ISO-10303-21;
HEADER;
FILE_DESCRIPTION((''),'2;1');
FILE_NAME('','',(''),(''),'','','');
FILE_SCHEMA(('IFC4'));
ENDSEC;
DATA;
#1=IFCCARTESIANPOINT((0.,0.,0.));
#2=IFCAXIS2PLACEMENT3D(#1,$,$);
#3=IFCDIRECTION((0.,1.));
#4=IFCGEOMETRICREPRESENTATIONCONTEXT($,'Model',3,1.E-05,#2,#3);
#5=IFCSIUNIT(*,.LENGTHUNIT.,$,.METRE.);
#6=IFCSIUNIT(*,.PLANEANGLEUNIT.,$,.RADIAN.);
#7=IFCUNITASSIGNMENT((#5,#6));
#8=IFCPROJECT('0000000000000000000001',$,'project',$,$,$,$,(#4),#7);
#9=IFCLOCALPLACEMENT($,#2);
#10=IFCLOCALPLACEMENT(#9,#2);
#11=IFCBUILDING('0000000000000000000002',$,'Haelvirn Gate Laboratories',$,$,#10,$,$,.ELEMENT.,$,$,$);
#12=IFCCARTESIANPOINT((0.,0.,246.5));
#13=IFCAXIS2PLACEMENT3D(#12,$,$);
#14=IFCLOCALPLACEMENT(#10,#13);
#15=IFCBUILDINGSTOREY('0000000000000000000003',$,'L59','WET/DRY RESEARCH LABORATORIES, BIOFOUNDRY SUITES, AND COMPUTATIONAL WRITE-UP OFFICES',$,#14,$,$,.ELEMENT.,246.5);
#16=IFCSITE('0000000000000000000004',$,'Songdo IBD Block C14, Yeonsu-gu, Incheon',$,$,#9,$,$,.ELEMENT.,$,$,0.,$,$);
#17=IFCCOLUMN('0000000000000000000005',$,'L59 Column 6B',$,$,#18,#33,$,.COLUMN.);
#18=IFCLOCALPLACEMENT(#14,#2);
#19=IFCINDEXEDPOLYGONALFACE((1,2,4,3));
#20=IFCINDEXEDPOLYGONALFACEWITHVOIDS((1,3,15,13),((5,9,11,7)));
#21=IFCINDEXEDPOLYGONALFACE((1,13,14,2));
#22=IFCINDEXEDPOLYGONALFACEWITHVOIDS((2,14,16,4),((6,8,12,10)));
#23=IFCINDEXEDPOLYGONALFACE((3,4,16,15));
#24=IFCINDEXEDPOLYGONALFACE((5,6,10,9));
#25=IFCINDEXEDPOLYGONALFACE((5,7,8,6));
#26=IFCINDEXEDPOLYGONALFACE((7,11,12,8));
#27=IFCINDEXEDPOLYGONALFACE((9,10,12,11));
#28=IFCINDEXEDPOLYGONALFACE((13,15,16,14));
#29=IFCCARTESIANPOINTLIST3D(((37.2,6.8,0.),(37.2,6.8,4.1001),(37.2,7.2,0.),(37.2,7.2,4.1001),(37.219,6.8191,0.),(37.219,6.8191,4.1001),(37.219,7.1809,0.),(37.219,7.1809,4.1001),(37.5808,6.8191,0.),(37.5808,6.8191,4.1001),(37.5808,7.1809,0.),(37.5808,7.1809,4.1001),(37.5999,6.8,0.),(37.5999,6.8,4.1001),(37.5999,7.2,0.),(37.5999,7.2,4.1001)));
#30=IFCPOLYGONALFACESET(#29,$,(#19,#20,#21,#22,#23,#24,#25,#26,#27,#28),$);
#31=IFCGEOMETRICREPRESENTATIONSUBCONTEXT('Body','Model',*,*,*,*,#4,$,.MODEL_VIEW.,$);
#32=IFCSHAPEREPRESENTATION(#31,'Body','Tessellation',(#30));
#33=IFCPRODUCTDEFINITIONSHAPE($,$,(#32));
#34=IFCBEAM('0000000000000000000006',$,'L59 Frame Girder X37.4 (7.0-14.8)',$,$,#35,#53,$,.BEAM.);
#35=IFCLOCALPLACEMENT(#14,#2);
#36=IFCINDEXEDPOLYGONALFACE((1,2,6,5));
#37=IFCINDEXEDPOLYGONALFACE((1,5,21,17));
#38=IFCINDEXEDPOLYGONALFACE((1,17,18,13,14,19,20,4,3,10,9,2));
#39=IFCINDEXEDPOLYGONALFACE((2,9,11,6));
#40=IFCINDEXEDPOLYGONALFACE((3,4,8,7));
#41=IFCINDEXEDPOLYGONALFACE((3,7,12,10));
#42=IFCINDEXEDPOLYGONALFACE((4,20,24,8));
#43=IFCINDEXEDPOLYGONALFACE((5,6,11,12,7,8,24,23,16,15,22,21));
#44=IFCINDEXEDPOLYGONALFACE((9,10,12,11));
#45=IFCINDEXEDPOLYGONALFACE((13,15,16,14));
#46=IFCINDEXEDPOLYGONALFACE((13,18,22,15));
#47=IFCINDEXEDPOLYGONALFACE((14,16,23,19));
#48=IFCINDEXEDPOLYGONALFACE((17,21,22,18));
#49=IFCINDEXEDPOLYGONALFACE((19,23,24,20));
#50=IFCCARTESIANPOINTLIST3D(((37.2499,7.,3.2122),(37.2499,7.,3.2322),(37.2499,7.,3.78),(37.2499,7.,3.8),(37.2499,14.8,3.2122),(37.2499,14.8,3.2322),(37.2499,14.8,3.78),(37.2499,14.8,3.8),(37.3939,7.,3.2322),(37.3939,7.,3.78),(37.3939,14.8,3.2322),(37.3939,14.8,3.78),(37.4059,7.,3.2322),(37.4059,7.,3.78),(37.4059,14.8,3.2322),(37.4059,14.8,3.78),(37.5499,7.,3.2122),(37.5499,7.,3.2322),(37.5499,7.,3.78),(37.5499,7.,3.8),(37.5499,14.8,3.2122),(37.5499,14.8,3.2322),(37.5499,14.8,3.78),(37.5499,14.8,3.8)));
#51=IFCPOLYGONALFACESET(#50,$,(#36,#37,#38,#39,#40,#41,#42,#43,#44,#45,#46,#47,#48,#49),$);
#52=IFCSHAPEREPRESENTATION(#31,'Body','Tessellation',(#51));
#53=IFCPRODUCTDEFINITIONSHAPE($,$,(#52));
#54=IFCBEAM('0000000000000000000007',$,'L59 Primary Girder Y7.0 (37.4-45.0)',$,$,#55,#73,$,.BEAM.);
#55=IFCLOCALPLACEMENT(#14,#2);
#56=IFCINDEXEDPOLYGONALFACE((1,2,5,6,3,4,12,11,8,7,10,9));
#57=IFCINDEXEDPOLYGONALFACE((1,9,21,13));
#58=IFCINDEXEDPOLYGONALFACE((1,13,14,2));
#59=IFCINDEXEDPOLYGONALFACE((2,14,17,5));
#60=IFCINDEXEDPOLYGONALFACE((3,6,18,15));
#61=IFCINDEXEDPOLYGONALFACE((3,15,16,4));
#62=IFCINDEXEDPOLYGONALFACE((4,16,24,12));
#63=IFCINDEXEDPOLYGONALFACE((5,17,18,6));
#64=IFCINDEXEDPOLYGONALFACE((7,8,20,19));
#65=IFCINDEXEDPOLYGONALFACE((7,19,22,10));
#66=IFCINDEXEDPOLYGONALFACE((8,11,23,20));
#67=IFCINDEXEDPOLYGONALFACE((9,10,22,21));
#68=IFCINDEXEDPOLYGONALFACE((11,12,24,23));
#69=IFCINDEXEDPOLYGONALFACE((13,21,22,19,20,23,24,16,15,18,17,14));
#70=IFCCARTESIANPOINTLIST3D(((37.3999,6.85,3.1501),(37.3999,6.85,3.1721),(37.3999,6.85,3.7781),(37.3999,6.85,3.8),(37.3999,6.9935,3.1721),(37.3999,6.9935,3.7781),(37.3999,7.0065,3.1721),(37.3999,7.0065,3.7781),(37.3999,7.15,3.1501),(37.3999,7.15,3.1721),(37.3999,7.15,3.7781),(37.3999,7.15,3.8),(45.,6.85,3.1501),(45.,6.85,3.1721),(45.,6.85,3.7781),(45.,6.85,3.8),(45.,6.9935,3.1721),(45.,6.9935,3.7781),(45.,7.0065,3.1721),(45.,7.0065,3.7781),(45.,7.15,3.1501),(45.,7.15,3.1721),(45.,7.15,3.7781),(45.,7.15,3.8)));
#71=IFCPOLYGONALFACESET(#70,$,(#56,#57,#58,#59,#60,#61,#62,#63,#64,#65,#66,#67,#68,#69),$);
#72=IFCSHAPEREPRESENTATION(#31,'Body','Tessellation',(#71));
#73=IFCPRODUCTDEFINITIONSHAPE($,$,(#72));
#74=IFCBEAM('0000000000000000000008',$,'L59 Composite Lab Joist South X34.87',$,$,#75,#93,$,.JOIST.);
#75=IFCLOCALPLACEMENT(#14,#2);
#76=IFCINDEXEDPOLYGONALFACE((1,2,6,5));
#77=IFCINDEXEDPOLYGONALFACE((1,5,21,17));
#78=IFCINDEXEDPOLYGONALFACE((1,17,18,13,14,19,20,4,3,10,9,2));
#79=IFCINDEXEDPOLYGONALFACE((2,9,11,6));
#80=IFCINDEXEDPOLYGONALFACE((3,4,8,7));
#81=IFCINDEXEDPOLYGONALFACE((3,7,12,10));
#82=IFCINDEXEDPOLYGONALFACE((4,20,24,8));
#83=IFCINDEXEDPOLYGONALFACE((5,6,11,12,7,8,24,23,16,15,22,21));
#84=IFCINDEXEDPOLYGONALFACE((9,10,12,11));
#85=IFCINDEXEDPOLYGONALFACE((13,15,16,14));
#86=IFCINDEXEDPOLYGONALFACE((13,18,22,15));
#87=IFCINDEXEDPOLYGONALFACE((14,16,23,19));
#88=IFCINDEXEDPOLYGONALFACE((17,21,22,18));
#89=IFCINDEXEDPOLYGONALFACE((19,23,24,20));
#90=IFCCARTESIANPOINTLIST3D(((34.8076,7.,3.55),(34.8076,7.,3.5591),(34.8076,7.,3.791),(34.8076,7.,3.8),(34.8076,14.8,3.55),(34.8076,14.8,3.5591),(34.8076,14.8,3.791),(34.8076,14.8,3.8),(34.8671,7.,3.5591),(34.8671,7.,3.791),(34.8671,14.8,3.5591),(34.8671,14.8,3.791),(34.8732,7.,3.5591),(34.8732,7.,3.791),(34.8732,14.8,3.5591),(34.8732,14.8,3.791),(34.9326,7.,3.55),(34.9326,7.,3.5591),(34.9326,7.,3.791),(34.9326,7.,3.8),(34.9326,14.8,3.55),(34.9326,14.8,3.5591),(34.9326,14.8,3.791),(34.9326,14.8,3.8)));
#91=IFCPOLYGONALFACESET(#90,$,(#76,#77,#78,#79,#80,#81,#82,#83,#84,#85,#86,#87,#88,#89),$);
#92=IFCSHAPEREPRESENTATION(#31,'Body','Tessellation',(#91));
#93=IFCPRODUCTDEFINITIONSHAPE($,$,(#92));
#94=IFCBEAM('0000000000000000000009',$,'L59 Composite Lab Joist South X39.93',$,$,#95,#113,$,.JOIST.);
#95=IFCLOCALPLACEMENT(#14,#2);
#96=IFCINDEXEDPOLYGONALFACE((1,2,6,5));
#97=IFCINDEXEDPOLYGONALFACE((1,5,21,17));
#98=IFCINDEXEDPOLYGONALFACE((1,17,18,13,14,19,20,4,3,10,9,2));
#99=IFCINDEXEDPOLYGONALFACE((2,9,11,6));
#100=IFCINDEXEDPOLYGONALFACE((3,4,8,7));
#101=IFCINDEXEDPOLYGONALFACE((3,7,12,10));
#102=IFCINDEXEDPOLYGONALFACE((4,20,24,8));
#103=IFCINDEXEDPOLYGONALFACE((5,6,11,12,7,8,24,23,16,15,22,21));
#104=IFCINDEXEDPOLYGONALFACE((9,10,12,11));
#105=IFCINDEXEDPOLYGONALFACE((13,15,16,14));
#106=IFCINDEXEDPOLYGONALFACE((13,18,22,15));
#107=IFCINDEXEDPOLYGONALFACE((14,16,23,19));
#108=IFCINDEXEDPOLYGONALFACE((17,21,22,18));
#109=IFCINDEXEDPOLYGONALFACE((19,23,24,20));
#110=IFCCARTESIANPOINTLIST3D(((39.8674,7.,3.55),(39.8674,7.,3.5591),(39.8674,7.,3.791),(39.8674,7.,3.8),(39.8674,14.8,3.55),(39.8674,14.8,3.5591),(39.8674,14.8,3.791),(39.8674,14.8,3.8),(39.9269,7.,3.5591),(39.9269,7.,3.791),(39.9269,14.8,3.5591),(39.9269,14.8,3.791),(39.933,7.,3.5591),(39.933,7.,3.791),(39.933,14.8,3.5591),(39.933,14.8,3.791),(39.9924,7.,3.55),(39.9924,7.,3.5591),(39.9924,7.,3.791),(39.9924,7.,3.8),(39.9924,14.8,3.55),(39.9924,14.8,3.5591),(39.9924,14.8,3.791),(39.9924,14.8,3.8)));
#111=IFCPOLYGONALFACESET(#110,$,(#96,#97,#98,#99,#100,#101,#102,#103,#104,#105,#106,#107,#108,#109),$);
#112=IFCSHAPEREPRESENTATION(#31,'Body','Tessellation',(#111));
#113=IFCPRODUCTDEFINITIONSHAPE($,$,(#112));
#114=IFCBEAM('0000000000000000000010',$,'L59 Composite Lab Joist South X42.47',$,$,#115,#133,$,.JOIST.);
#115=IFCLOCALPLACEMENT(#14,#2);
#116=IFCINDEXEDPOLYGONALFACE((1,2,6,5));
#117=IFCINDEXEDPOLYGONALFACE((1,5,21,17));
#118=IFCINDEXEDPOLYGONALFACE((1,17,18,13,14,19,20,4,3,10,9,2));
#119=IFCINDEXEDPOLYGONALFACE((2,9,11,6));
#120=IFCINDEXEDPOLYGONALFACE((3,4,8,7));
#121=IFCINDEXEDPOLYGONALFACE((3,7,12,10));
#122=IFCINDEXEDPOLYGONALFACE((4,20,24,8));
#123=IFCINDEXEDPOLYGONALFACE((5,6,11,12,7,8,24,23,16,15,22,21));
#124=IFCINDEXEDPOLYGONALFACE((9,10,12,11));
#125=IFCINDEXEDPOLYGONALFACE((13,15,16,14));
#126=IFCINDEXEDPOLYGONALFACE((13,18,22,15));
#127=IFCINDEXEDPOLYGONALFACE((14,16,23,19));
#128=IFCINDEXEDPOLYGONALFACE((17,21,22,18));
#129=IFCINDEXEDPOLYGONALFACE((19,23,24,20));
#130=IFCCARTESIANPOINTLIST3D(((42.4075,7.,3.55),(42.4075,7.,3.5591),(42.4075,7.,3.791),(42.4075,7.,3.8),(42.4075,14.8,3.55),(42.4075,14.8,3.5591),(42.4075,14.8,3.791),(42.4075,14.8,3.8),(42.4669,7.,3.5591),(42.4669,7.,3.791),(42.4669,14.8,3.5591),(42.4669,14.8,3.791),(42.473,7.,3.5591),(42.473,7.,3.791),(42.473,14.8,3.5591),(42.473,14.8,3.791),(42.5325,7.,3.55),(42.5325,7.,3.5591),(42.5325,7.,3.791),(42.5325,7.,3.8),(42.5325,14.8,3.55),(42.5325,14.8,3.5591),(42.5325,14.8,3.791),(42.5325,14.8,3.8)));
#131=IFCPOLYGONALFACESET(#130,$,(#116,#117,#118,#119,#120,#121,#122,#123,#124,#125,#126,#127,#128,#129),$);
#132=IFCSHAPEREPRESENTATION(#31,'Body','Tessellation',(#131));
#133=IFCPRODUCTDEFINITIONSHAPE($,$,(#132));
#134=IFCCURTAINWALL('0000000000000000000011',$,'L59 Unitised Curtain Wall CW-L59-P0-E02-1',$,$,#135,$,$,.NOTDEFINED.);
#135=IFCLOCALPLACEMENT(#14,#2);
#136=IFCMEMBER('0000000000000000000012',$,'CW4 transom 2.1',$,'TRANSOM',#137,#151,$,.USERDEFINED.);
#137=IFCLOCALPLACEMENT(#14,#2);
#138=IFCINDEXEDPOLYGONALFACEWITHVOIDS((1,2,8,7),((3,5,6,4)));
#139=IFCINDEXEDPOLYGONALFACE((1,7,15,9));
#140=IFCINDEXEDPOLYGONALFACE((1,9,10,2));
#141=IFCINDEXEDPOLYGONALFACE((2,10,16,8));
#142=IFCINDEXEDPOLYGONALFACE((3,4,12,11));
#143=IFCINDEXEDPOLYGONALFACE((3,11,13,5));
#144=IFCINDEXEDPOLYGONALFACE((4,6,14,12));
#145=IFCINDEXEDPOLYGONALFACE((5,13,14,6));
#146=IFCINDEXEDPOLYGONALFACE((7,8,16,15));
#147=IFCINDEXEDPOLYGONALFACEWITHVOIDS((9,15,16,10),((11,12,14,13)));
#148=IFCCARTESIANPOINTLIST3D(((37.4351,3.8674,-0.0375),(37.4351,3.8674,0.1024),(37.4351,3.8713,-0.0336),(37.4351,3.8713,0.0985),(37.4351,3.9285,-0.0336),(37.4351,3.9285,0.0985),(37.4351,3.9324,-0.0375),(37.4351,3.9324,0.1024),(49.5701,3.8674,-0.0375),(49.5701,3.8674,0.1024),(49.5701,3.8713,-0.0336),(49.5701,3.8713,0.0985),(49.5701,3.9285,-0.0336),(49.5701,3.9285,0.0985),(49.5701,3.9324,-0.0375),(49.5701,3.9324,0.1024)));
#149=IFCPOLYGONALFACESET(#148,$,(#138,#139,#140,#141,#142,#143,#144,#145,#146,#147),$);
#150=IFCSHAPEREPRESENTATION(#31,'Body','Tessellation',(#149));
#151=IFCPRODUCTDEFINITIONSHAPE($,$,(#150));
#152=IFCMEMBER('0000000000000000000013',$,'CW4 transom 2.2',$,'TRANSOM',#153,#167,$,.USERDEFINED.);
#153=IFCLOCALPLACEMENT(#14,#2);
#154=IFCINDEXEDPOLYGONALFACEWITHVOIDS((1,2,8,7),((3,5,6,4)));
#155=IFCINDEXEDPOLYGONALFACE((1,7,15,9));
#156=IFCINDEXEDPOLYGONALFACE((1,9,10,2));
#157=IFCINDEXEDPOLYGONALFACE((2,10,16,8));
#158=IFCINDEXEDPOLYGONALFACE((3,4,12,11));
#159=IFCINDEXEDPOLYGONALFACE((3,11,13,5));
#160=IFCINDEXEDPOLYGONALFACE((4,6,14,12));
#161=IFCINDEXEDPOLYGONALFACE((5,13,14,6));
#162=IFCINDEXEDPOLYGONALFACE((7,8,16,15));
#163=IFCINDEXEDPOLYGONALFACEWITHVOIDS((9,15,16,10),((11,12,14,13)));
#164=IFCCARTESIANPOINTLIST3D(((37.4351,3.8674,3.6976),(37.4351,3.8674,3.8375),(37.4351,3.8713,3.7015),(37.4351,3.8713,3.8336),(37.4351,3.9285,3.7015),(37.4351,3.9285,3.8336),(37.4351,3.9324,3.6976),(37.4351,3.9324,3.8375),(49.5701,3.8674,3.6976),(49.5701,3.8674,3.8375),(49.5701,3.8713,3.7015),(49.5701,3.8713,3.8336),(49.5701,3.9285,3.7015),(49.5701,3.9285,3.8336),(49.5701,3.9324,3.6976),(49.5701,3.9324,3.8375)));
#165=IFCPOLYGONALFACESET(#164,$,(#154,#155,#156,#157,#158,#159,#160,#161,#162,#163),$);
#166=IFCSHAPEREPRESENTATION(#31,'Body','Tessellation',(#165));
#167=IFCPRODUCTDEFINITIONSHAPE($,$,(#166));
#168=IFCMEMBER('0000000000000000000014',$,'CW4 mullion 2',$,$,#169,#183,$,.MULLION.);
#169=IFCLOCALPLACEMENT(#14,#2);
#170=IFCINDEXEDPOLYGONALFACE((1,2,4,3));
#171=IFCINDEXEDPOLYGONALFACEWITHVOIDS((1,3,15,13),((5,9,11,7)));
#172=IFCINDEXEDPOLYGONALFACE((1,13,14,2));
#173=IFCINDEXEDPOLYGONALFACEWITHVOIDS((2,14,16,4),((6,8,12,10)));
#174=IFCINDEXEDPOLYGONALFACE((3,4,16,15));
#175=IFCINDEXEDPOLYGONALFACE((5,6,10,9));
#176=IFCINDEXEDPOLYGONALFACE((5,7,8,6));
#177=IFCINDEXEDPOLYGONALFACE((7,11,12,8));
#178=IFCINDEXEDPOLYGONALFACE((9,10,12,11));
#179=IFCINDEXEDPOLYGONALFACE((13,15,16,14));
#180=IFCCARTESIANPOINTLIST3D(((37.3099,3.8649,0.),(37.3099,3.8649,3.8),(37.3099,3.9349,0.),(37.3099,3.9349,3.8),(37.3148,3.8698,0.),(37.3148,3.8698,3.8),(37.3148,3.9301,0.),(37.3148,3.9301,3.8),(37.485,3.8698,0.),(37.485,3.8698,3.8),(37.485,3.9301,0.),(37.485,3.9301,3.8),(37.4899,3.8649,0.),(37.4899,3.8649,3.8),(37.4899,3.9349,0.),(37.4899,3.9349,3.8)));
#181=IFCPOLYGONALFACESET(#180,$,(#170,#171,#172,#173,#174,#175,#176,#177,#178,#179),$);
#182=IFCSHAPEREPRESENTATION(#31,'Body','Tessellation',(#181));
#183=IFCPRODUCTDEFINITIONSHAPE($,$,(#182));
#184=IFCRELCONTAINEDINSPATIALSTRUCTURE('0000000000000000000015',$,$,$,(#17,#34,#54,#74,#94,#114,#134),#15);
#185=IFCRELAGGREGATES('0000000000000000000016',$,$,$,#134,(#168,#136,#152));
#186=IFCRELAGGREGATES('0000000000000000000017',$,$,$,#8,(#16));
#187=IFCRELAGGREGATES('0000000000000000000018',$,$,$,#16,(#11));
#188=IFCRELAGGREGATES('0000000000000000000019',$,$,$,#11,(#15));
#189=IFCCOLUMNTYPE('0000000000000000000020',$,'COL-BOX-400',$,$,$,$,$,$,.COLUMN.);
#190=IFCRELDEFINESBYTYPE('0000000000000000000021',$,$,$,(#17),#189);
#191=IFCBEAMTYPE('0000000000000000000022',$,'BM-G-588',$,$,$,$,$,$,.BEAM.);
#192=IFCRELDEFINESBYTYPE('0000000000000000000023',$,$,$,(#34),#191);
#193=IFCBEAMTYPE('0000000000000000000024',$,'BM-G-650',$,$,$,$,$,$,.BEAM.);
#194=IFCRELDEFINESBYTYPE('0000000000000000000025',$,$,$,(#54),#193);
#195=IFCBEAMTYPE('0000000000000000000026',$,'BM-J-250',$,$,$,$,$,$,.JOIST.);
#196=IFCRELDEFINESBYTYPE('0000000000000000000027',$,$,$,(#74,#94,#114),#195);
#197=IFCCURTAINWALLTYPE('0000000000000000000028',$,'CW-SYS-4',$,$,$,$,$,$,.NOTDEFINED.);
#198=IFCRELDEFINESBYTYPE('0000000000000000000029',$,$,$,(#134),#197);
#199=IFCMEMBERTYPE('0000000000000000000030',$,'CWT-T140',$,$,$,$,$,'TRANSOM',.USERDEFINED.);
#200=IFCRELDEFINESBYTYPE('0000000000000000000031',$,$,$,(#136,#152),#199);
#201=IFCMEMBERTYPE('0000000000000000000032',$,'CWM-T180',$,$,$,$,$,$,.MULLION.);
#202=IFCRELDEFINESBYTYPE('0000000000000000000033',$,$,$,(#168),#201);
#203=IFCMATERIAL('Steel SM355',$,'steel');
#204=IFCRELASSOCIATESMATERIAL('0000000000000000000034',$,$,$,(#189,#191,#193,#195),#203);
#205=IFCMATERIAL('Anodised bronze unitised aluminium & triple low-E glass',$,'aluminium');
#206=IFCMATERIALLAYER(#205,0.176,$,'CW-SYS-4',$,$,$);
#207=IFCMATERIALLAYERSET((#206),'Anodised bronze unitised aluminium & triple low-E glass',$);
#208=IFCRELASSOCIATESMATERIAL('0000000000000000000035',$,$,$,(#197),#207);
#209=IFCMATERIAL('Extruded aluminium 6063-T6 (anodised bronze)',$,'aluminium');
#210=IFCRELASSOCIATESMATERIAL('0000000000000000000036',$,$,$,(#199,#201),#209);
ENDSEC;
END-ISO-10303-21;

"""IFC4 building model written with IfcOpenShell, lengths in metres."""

from ifc_helpers import new_model, si_unit, direction, frame, origin, origin_2d, place, context, subcontext, project, spatial, hollow_rectangle, i_section, extrude, source, transform, mapped, material, layer, layer_set, material_profile, profile_set, type_object, type_shapes, element, aggregate, save


model = new_model("IFC4")

# Units and contexts
model_context = context("Model", 3, precision=1e-05, world=origin(), true_north=direction((0.0, 1.0)))
body_context = subcontext(model_context, "Body", "Model", "MODEL_VIEW")
ifc_project = project(units=[si_unit("LENGTHUNIT", "METRE"), si_unit("PLANEANGLEUNIT", "RADIAN")], contexts=[model_context])

# Site, building, storey
site_placement = place(None, origin())
site = spatial("IfcSite", under=ifc_project, at=site_placement, Name="Songdo IBD Block C14, Yeonsu-gu, Incheon", CompositionType="ELEMENT", RefElevation=0.0)
building_placement = place(site_placement, origin())
building = spatial("IfcBuilding", under=site, at=building_placement, Name="Haelvirn Gate Laboratories", CompositionType="ELEMENT")
storey_placement = place(building_placement, frame((0.0, 0.0, 246.5)))
storey = spatial("IfcBuildingStorey", under=building, at=storey_placement, Name="L59", Description="WET/DRY RESEARCH LABORATORIES, BIOFOUNDRY SUITES, AND COMPUTATIONAL WRITE-UP OFFICES", CompositionType="ELEMENT", Elevation=246.5)

# Column
ifc_material_1 = material(Name="Steel SM355", Category="steel")
ifc_material_profile_1 = material_profile(ifc_material_1, hollow_rectangle(XDim=0.3999, YDim=0.3999, WallThickness=0.019, at=origin_2d()), Name="BOX-400x400x19")
ifc_profile_set_1 = profile_set([ifc_material_profile_1], Name="Steel SM355")
column_type = type_object("IfcColumnType", Name="COL-BOX-400", PredefinedType="COLUMN", material=ifc_profile_set_1)
shared_shape_1 = source(origin(), body_context, "Body", "SweptSolid", [
    extrude(hollow_rectangle(XDim=0.3999, YDim=0.3999, WallThickness=0.019, at=origin_2d()), origin(), (0.0, 0.0, 1.0), 4.1001),
])
type_shapes(column_type, [shared_shape_1])
column_placement = place(storey_placement, frame((37.3999, 7.0, 0.0), z_axis=(0.0, 0.0, 1.0), x_axis=(1.0, 0.0, 0.0)))
element("IfcColumn", 1, at=column_placement, inside=storey, type_object=column_type, Name="L59 Column 6B", PredefinedType="COLUMN", context=body_context, shape_type="MappedRepresentation", body=[
    mapped(shared_shape_1, transform((0.0, 0.0, 0.0), scale=1.0)),
])

# Beams
ifc_material_profile_2 = material_profile(ifc_material_1, i_section(OverallWidth=0.3, OverallDepth=0.5879, WebThickness=0.012, FlangeThickness=0.02, at=origin_2d()), Name="H-588x300x12x20")
ifc_profile_set_2 = profile_set([ifc_material_profile_2], Name="Steel SM355")
beam_type_1 = type_object("IfcBeamType", Name="BM-G-588", PredefinedType="BEAM", material=ifc_profile_set_2)
shared_shape_2 = source(origin(), body_context, "Body", "SweptSolid", [
    extrude(i_section(OverallWidth=0.3, OverallDepth=0.5879, WebThickness=0.012, FlangeThickness=0.02, at=origin_2d()), origin(), (0.0, 0.0, 1.0), 7.8),
])
type_shapes(beam_type_1, [shared_shape_2])
beam_1_placement = place(storey_placement, frame((37.3999, 7.0, 3.5061), z_axis=(0.0, 1.0, 0.0), x_axis=(-1.0, 0.0, 0.0)))
element("IfcBeam", 2, at=beam_1_placement, inside=storey, type_object=beam_type_1, Name="L59 Frame Girder X37.4 (7.0-14.8)", PredefinedType="BEAM", context=body_context, shape_type="MappedRepresentation", body=[
    mapped(shared_shape_2, transform((0.0, 0.0, 0.0), scale=1.0)),
])
ifc_material_profile_3 = material_profile(ifc_material_1, i_section(OverallWidth=0.3, OverallDepth=0.6499, WebThickness=0.0129, FlangeThickness=0.022, at=origin_2d()), Name="H-650x300x13x22")
ifc_profile_set_3 = profile_set([ifc_material_profile_3], Name="Steel SM355")
beam_type_2 = type_object("IfcBeamType", Name="BM-G-650", PredefinedType="BEAM", material=ifc_profile_set_3)
shared_shape_3 = source(origin(), body_context, "Body", "SweptSolid", [
    extrude(i_section(OverallWidth=0.3, OverallDepth=0.6499, WebThickness=0.0129, FlangeThickness=0.022, at=origin_2d()), origin(), (0.0, 0.0, 1.0), 7.6001),
])
type_shapes(beam_type_2, [shared_shape_3])
beam_2_placement = place(storey_placement, frame((37.3999, 7.0, 3.4751), z_axis=(1.0, 0.0, 0.0), x_axis=(0.0, 1.0, 0.0)))
element("IfcBeam", 3, at=beam_2_placement, inside=storey, type_object=beam_type_2, Name="L59 Primary Girder Y7.0 (37.4-45.0)", PredefinedType="BEAM", context=body_context, shape_type="MappedRepresentation", body=[
    mapped(shared_shape_3, transform((0.0, 0.0, 0.0), scale=1.0)),
])
ifc_material_profile_4 = material_profile(ifc_material_1, i_section(OverallWidth=0.125, OverallDepth=0.25, WebThickness=0.0061, FlangeThickness=0.009, at=origin_2d()), Name="H-250x125x6x9")
ifc_profile_set_4 = profile_set([ifc_material_profile_4], Name="Steel SM355")
beam_type_3 = type_object("IfcBeamType", Name="BM-J-250", PredefinedType="JOIST", material=ifc_profile_set_4)
shared_shape_4 = source(origin(), body_context, "Body", "SweptSolid", [
    extrude(i_section(OverallWidth=0.125, OverallDepth=0.25, WebThickness=0.0061, FlangeThickness=0.009, at=origin_2d()), origin(), (0.0, 0.0, 1.0), 7.8),
])
type_shapes(beam_type_3, [shared_shape_4])
for number, where, z_axis, x_axis, name in (
    (4, (34.8701, 7.0, 3.675), (0.0, 1.0, 0.0), (-1.0, 0.0, 0.0), "L59 Composite Lab Joist South X34.87"),
    (5, (39.9299, 7.0, 3.675), (0.0, 1.0, 0.0), (-1.0, 0.0, 0.0), "L59 Composite Lab Joist South X39.93"),
    (6, (42.47, 7.0, 3.675), (0.0, 1.0, 0.0), (-1.0, 0.0, 0.0), "L59 Composite Lab Joist South X42.47"),
):
    element("IfcBeam", number, at=place(storey_placement, frame(where, z_axis=z_axis, x_axis=x_axis)), inside=storey, type_object=beam_type_3, Name=name, PredefinedType="JOIST", context=body_context, shape_type="MappedRepresentation", body=[
        mapped(shared_shape_4, transform((0.0, 0.0, 0.0), scale=1.0)),
    ])

# Curtain wall, members
ifc_material_2 = material(Name="Anodised bronze unitised aluminium & triple low-E glass", Category="aluminium")
ifc_layer_1 = layer(ifc_material_2, 0.176, Name="CW-SYS-4")
ifc_layer_set_1 = layer_set([ifc_layer_1], Name="Anodised bronze unitised aluminium & triple low-E glass")
curtain_wall_type = type_object("IfcCurtainWallType", Name="CW-SYS-4", PredefinedType="NOTDEFINED", material=ifc_layer_set_1)
curtain_wall_1_placement = place(storey_placement, origin())
curtain_wall_1 = element("IfcCurtainWall", 7, at=curtain_wall_1_placement, inside=storey, type_object=curtain_wall_type, Name="L59 Unitised Curtain Wall CW-L59-P0-E02-1", PredefinedType="NOTDEFINED")
ifc_material_3 = material(Name="Extruded aluminium 6063-T6 (anodised bronze)", Category="aluminium")
ifc_material_profile_5 = material_profile(ifc_material_3, hollow_rectangle(XDim=0.0649, YDim=0.1399, WallThickness=0.0039, at=origin_2d()), Name="CWT-140x65x4")
ifc_profile_set_5 = profile_set([ifc_material_profile_5], Name="Extruded aluminium 6063-T6 (anodised bronze)")
member_type_1 = type_object("IfcMemberType", Name="CWT-T140", ElementType="TRANSOM", PredefinedType="USERDEFINED", material=ifc_profile_set_5)
shared_shape_5 = source(origin(), body_context, "Body", "SweptSolid", [
    extrude(hollow_rectangle(XDim=0.0649, YDim=0.1399, WallThickness=0.0039, at=origin_2d()), origin(), (0.0, 0.0, 1.0), 12.135),
])
member_1_placement = place(storey_placement, frame((37.4351, 3.8999, 0.0325), z_axis=(1.0, 0.0, 0.0), x_axis=(0.0, 1.0, 0.0)))
member_1 = element("IfcMember", 8, at=member_1_placement, type_object=member_type_1, Name="CW4 transom 2.1", ObjectType="TRANSOM", PredefinedType="USERDEFINED", context=body_context, shape_type="MappedRepresentation", body=[
    mapped(shared_shape_5, transform((0.0, 0.0, 0.0), scale=1.0)),
])
member_2_placement = place(storey_placement, frame((37.4351, 3.8999, 3.7676), z_axis=(1.0, 0.0, 0.0), x_axis=(0.0, 1.0, 0.0)))
member_2 = element("IfcMember", 9, at=member_2_placement, type_object=member_type_1, Name="CW4 transom 2.2", ObjectType="TRANSOM", PredefinedType="USERDEFINED", context=body_context, shape_type="MappedRepresentation", body=[
    mapped(shared_shape_5, transform((0.0, 0.0, 0.0), scale=1.0)),
])
ifc_material_profile_6 = material_profile(ifc_material_3, hollow_rectangle(XDim=0.0701, YDim=0.1799, WallThickness=0.0049, at=origin_2d()), Name="CWM-180x70x5")
ifc_profile_set_6 = profile_set([ifc_material_profile_6], Name="Extruded aluminium 6063-T6 (anodised bronze)")
member_type_2 = type_object("IfcMemberType", Name="CWM-T180", PredefinedType="MULLION", material=ifc_profile_set_6)
shared_shape_6 = source(origin(), body_context, "Body", "SweptSolid", [
    extrude(hollow_rectangle(XDim=0.0701, YDim=0.1799, WallThickness=0.0049, at=origin_2d()), origin(), (0.0, 0.0, 1.0), 3.8),
])
type_shapes(member_type_2, [shared_shape_6])
member_3_placement = place(storey_placement, frame((37.3999, 3.8999, 0.0), z_axis=(0.0, 0.0, 1.0), x_axis=(0.0, 1.0, 0.0)))
member_3 = element("IfcMember", 10, at=member_3_placement, type_object=member_type_2, Name="CW4 mullion 2", PredefinedType="MULLION", context=body_context, shape_type="MappedRepresentation", body=[
    mapped(shared_shape_6, transform((0.0, 0.0, 0.0), scale=1.0)),
])

aggregate(curtain_wall_1, [member_3, member_1, member_2])

save(model, "model.ifc")
